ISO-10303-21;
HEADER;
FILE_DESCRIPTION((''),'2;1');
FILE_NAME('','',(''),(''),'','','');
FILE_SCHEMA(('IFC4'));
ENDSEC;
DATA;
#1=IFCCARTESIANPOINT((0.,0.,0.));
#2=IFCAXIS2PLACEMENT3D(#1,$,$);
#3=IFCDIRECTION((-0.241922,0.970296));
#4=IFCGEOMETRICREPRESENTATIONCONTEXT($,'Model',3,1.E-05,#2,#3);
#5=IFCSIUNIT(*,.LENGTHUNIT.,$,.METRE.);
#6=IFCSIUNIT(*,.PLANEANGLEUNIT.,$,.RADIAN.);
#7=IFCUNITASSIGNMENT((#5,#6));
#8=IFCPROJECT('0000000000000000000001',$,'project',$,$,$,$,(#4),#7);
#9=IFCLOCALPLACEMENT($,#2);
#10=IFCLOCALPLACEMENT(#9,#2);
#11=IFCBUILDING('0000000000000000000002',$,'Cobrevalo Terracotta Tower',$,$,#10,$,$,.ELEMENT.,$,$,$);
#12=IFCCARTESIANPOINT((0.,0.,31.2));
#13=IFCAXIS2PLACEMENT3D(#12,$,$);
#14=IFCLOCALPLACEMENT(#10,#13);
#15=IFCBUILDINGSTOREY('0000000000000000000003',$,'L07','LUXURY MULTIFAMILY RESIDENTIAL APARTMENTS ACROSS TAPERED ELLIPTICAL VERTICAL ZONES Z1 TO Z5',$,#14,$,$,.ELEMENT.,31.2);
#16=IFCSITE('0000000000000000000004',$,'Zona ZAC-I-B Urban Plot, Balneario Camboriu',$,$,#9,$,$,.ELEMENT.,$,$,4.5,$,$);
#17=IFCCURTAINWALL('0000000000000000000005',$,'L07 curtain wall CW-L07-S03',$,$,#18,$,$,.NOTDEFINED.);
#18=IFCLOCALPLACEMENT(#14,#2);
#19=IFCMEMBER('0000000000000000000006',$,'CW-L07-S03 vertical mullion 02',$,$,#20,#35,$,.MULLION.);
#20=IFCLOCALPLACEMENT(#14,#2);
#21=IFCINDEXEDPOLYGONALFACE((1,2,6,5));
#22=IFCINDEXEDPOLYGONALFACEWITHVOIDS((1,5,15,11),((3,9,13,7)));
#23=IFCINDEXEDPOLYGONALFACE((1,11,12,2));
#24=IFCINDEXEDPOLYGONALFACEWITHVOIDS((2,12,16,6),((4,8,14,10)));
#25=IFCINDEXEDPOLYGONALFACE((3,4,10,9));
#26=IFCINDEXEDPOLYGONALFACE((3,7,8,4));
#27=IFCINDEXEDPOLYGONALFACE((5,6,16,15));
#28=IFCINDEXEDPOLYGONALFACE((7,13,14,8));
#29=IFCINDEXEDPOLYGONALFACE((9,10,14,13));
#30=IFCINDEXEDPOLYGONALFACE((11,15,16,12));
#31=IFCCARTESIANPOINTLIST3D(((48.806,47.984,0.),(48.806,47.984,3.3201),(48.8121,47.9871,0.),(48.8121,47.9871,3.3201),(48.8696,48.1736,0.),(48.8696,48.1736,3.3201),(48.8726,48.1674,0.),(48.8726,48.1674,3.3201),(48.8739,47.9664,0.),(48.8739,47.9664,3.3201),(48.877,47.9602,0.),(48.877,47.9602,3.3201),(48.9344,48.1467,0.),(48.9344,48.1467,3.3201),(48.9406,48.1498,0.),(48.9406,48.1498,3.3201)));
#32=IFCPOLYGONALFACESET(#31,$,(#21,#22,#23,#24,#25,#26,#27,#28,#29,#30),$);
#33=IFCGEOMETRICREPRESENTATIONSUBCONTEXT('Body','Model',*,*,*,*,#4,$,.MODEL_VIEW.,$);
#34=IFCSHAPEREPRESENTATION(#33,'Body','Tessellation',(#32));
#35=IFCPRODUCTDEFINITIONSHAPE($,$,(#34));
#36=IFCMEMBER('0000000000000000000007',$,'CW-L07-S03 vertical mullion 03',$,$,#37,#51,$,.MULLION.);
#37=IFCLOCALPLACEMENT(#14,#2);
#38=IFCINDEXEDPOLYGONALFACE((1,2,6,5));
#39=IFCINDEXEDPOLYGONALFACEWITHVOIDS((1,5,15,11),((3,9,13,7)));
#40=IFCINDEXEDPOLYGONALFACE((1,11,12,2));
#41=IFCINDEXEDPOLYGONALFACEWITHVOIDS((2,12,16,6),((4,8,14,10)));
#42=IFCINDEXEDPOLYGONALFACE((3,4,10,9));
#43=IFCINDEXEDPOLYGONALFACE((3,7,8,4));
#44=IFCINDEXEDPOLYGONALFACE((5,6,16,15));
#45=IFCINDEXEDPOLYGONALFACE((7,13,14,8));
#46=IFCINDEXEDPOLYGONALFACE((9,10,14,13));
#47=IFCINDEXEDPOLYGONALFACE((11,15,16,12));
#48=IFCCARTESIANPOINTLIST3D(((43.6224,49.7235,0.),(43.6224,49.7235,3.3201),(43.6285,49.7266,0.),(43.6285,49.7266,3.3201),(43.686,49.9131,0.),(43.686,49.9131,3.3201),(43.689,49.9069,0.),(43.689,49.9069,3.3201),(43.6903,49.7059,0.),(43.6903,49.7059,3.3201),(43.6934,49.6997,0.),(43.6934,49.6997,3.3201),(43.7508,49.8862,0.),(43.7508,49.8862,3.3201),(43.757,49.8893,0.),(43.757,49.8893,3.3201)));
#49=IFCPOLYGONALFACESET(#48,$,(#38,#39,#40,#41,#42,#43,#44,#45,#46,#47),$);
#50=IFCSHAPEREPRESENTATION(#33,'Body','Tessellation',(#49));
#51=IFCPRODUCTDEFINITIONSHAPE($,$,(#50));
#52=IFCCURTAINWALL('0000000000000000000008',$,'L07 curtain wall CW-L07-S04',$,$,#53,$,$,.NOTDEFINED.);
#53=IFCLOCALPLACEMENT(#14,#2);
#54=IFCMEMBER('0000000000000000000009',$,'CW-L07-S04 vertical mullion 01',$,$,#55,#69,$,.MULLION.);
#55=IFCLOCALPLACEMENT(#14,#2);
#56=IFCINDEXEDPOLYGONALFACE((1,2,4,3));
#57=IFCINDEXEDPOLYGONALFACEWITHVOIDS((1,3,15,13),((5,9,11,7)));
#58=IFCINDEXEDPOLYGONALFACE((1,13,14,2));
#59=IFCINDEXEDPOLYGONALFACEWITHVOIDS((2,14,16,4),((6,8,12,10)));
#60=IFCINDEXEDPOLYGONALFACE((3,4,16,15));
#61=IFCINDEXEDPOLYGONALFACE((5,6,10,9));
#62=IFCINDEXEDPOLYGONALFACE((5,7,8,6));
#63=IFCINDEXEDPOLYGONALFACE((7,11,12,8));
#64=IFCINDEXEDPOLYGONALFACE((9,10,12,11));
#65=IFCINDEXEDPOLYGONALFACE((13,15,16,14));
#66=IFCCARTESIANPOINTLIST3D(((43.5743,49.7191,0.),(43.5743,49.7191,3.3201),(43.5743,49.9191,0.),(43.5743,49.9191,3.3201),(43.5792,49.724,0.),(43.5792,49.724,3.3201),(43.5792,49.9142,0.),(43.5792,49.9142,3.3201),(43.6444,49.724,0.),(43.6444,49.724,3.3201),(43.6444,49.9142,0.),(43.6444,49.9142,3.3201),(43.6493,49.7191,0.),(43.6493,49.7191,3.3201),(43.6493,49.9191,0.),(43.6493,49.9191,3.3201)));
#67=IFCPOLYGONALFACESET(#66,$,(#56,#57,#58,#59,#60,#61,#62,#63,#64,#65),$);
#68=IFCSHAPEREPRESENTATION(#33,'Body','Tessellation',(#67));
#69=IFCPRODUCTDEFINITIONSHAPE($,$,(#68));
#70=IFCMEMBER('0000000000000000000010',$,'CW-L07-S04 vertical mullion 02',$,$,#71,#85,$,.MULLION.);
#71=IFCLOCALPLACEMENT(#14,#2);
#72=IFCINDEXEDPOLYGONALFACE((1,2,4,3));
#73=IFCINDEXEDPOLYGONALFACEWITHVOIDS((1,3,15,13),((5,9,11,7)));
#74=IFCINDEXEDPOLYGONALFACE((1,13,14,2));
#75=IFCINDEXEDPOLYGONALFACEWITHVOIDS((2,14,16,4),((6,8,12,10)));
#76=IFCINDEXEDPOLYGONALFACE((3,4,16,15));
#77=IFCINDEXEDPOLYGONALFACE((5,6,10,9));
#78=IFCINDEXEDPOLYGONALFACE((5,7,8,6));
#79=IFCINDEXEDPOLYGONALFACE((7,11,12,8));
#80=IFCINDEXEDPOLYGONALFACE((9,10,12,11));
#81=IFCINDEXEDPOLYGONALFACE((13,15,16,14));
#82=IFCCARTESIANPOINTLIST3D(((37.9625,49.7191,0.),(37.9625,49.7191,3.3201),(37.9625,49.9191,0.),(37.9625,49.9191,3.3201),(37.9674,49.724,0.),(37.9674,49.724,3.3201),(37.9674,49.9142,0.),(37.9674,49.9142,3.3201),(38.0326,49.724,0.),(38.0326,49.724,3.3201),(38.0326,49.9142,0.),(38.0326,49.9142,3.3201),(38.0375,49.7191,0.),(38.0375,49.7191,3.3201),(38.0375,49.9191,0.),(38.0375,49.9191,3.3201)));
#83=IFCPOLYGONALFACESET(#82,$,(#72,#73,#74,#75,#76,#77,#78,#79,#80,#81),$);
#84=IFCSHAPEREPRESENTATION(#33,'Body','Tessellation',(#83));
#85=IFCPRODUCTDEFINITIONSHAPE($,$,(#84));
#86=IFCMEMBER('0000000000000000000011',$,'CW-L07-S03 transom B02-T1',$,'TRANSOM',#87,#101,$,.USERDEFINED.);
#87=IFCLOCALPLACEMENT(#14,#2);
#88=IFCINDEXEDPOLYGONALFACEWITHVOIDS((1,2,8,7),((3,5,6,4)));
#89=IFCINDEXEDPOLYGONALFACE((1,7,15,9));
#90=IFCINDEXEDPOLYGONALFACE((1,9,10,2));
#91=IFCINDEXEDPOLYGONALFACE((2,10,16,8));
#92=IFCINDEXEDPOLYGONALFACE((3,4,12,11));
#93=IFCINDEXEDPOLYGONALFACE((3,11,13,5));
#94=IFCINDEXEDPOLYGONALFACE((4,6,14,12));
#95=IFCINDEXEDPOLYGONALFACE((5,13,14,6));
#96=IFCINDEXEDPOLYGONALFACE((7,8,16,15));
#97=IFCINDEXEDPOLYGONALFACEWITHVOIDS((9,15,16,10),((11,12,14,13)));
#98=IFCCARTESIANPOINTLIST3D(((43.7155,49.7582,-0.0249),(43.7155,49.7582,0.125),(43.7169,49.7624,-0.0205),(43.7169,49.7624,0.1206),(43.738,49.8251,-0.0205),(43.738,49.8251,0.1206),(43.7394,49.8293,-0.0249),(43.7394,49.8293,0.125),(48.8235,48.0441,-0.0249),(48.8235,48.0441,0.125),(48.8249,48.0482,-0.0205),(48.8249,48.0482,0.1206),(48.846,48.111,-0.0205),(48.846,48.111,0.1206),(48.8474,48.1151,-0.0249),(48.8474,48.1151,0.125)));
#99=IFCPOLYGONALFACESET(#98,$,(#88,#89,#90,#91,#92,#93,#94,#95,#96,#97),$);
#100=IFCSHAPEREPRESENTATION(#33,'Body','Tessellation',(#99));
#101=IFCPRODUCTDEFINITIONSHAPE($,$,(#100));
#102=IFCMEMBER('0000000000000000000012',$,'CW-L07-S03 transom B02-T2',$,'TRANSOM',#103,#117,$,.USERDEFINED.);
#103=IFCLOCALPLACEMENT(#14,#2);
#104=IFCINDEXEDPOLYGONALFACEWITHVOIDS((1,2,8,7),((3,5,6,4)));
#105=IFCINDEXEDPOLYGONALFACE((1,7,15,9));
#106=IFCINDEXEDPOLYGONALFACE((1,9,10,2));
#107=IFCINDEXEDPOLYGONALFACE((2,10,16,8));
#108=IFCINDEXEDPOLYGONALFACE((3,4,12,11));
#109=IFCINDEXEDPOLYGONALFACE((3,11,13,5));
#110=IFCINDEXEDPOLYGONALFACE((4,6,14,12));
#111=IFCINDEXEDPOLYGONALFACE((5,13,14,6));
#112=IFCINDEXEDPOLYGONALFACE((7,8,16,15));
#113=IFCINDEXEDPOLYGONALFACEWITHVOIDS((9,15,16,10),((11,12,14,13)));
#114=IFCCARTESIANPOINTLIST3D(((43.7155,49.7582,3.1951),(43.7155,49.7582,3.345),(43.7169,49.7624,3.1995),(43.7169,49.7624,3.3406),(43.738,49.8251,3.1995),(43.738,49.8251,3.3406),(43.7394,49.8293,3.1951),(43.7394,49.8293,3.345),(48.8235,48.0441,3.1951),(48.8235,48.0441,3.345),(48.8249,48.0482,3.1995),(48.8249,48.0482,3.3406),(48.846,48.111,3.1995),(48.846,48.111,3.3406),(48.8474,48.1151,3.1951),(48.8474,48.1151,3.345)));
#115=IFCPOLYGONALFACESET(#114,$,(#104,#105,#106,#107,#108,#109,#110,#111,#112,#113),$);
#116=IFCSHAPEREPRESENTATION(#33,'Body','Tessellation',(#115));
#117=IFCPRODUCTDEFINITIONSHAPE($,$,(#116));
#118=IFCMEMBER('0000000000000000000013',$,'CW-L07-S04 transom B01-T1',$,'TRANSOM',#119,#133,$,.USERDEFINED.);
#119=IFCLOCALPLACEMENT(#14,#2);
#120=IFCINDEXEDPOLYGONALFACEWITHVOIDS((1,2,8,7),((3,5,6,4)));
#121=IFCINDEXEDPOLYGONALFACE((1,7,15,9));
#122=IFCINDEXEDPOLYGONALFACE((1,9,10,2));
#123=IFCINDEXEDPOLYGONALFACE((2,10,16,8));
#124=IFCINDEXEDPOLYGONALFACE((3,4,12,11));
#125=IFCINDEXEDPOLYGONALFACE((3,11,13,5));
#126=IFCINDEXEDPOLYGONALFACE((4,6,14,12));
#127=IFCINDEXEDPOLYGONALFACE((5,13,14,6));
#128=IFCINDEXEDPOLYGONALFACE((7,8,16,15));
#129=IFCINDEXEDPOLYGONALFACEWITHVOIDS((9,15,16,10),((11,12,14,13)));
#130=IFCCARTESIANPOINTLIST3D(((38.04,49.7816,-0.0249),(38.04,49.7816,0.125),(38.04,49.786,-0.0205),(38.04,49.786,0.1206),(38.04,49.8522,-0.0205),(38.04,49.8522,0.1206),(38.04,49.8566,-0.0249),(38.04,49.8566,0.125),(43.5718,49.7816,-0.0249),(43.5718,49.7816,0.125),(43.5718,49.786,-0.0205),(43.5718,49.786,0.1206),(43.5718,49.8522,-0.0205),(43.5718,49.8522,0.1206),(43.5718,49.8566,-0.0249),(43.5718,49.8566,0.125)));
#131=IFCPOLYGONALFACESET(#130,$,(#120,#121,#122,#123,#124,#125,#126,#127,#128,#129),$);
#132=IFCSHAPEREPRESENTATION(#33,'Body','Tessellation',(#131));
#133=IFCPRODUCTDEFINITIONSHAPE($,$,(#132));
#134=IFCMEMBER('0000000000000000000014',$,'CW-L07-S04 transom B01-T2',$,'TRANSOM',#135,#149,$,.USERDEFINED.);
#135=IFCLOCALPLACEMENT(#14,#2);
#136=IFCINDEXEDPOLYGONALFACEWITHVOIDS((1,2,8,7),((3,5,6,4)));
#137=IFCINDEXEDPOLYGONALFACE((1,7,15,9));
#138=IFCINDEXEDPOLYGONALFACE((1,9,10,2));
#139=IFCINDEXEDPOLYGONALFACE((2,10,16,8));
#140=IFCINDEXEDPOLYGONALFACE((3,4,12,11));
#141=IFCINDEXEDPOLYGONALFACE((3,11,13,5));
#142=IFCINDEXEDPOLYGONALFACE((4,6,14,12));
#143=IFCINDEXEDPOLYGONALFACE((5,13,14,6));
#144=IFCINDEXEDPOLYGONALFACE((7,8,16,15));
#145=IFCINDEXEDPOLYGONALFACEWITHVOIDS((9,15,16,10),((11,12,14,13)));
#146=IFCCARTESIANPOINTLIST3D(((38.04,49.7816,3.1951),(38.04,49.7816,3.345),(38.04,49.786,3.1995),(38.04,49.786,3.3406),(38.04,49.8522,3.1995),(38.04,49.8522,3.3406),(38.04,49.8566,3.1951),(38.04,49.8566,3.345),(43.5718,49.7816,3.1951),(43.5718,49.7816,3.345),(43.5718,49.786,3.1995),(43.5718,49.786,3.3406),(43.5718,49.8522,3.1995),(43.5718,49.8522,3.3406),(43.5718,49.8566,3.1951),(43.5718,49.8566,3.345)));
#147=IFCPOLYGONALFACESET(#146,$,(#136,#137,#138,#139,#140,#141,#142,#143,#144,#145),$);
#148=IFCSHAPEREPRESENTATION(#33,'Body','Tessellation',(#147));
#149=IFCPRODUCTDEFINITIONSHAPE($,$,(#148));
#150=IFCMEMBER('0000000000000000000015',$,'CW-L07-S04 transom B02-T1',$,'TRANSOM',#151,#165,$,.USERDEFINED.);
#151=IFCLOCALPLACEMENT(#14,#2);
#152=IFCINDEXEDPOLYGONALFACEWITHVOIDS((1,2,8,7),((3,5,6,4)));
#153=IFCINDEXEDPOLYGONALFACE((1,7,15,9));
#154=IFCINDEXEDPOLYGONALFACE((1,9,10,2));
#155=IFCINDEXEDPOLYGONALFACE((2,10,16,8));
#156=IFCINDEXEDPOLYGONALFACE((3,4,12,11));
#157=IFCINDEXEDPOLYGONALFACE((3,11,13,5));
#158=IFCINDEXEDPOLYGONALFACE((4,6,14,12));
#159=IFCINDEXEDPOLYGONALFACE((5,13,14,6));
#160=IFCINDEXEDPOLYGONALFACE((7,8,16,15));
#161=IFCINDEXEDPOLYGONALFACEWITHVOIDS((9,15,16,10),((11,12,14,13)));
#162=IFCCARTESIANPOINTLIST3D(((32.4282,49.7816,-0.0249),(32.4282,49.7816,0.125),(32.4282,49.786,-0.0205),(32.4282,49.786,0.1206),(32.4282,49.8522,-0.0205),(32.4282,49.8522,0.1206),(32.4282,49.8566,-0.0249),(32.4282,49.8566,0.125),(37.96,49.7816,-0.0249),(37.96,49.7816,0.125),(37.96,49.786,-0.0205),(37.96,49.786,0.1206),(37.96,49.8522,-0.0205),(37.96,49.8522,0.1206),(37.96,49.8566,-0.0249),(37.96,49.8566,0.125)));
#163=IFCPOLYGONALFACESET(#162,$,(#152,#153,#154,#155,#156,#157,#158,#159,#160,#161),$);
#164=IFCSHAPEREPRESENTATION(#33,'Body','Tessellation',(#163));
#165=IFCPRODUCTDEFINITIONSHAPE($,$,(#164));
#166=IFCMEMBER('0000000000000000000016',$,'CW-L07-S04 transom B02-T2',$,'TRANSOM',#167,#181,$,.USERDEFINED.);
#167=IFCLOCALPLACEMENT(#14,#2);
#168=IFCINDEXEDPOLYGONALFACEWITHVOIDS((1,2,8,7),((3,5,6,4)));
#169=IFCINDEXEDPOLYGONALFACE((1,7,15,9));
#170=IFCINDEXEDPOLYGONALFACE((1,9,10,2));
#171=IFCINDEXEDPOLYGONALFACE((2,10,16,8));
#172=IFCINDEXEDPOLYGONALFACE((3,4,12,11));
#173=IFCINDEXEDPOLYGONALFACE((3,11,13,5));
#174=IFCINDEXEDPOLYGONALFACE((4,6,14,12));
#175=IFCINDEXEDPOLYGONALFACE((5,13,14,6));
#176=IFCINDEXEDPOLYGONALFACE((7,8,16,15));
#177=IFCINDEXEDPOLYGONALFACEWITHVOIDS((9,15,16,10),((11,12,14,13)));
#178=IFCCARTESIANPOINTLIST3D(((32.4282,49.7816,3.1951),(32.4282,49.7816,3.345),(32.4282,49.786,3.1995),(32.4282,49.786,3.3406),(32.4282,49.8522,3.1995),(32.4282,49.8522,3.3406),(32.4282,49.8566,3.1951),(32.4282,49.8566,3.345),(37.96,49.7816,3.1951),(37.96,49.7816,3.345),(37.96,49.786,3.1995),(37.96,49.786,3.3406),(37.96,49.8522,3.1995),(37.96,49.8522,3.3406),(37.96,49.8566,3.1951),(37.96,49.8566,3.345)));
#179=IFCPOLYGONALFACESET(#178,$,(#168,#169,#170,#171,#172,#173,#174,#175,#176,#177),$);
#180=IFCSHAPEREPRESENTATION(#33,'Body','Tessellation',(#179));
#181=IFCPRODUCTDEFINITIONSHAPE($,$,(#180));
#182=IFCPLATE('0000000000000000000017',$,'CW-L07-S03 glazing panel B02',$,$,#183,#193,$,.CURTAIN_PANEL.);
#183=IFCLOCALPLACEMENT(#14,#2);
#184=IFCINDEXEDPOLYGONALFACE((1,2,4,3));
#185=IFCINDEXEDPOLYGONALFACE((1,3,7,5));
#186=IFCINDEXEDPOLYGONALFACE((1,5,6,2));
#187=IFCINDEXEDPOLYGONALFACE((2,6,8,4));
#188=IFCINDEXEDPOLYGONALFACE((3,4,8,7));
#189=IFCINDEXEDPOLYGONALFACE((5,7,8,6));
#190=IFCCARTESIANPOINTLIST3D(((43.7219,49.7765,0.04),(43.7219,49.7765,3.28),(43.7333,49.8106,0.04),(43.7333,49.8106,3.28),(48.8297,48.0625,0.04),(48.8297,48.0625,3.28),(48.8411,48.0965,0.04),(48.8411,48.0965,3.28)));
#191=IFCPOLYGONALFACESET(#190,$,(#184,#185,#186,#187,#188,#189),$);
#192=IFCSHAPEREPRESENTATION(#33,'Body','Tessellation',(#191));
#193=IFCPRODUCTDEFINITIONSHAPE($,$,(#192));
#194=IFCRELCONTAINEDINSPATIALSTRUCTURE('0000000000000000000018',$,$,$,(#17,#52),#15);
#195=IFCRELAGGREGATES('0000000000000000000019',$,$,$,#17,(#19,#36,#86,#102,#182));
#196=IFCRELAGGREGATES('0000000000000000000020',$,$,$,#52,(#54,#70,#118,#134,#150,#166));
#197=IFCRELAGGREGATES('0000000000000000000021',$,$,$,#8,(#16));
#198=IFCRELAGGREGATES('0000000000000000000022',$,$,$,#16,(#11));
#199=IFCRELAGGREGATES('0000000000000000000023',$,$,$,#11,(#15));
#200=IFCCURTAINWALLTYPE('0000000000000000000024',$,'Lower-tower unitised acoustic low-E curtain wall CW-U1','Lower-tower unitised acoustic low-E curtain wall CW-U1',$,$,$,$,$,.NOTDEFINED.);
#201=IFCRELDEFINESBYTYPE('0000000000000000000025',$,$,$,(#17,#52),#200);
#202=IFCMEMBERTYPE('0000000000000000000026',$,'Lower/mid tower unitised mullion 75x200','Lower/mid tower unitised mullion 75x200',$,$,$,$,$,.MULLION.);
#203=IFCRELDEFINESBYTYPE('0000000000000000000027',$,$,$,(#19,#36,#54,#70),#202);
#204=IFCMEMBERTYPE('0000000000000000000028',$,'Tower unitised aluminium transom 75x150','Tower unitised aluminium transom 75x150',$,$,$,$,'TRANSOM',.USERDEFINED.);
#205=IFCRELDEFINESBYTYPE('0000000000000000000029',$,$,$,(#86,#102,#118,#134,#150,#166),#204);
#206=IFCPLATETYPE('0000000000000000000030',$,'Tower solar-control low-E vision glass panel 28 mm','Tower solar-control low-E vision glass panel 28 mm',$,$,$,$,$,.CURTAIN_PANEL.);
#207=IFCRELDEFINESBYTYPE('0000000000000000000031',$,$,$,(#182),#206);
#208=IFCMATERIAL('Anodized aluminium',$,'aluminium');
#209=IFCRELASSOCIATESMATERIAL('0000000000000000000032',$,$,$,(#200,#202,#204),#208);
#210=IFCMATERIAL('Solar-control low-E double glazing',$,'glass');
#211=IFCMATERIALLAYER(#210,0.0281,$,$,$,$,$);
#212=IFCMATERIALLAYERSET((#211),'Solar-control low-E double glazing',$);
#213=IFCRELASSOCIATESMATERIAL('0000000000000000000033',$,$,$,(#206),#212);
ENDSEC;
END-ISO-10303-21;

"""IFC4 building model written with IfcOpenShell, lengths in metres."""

from ifc_helpers import new_model, si_unit, direction, frame, origin, origin_2d, place, context, subcontext, project, spatial, rectangle, hollow_rectangle, extrude, source, transform, mapped, material, layer, layer_set, material_profile, profile_set, type_object, element, aggregate, save


model = new_model("IFC4")

# Units and contexts
model_context = context("Model", 3, precision=1e-05, world=origin(), true_north=direction((-0.241922, 0.970296)))
body_context = subcontext(model_context, "Body", "Model", "MODEL_VIEW")
ifc_project = project(units=[si_unit("LENGTHUNIT", "METRE"), si_unit("PLANEANGLEUNIT", "RADIAN")], contexts=[model_context])

# Site, building, storey
site_placement = place(None, origin())
site = spatial("IfcSite", under=ifc_project, at=site_placement, Name="Zona ZAC-I-B Urban Plot, Balneario Camboriu", CompositionType="ELEMENT", RefElevation=4.5)
building_placement = place(site_placement, origin())
building = spatial("IfcBuilding", under=site, at=building_placement, Name="Cobrevalo Terracotta Tower", CompositionType="ELEMENT")
storey_placement = place(building_placement, frame((0.0, 0.0, 31.2)))
storey = spatial("IfcBuildingStorey", under=building, at=storey_placement, Name="L07", Description="LUXURY MULTIFAMILY RESIDENTIAL APARTMENTS ACROSS TAPERED ELLIPTICAL VERTICAL ZONES Z1 TO Z5", CompositionType="ELEMENT", Elevation=31.2)

# Curtain walls, members
ifc_material_1 = material(Name="Anodized aluminium", Category="aluminium")
curtain_wall_type = type_object("IfcCurtainWallType", Name="Lower-tower unitised acoustic low-E curtain wall CW-U1", Description="Lower-tower unitised acoustic low-E curtain wall CW-U1", PredefinedType="NOTDEFINED", material=ifc_material_1)
curtain_wall_1_placement = place(storey_placement, origin())
curtain_wall_1 = element("IfcCurtainWall", 1, at=curtain_wall_1_placement, inside=storey, type_object=curtain_wall_type, Name="L07 curtain wall CW-L07-S03", PredefinedType="NOTDEFINED")
ifc_material_profile_1 = material_profile(ifc_material_1, hollow_rectangle(XDim=0.075, YDim=0.2, WallThickness=0.0049, at=origin_2d()), Name="CWM 75x200")
ifc_profile_set_1 = profile_set([ifc_material_profile_1], Name="Anodized aluminium")
member_type_1 = type_object("IfcMemberType", Name="Lower/mid tower unitised mullion 75x200", Description="Lower/mid tower unitised mullion 75x200", PredefinedType="MULLION", material=ifc_profile_set_1)
shared_shape_1 = source(origin(), body_context, "Body", "SweptSolid", [
    extrude(hollow_rectangle(XDim=0.075, YDim=0.2, WallThickness=0.0049, at=origin_2d()), origin(), (0.0, 0.0, 1.0), 3.3201),
])
member_1_placement = place(storey_placement, frame((48.8733, 48.0669, 0.0), z_axis=(0.0, 0.0, 1.0), x_axis=(-0.948046, 0.318132, 0.0)))
member_1 = element("IfcMember", 2, at=member_1_placement, type_object=member_type_1, Name="CW-L07-S03 vertical mullion 02", PredefinedType="MULLION", context=body_context, shape_type="MappedRepresentation", body=[
    mapped(shared_shape_1, transform((0.0, 0.0, 0.0), scale=1.0)),
])
member_2_placement = place(storey_placement, frame((43.6897, 49.8064, 0.0), z_axis=(0.0, 0.0, 1.0), x_axis=(-0.948046, 0.318132, 0.0)))
member_2 = element("IfcMember", 3, at=member_2_placement, type_object=member_type_1, Name="CW-L07-S03 vertical mullion 03", PredefinedType="MULLION", context=body_context, shape_type="MappedRepresentation", body=[
    mapped(shared_shape_1, transform((0.0, 0.0, 0.0), scale=1.0)),
])
curtain_wall_2_placement = place(storey_placement, origin())
curtain_wall_2 = element("IfcCurtainWall", 4, at=curtain_wall_2_placement, inside=storey, type_object=curtain_wall_type, Name="L07 curtain wall CW-L07-S04", PredefinedType="NOTDEFINED")
member_3_placement = place(storey_placement, frame((43.6118, 49.8191, 0.0), z_axis=(0.0, 0.0, 1.0), x_axis=(-1.0, 0.0, 0.0)))
member_3 = element("IfcMember", 5, at=member_3_placement, type_object=member_type_1, Name="CW-L07-S04 vertical mullion 01", PredefinedType="MULLION", context=body_context, shape_type="MappedRepresentation", body=[
    mapped(shared_shape_1, transform((0.0, 0.0, 0.0), scale=1.0)),
])
member_4_placement = place(storey_placement, frame((38.0, 49.8191, 0.0), z_axis=(0.0, 0.0, 1.0), x_axis=(-1.0, 0.0, 0.0)))
member_4 = element("IfcMember", 6, at=member_4_placement, type_object=member_type_1, Name="CW-L07-S04 vertical mullion 02", PredefinedType="MULLION", context=body_context, shape_type="MappedRepresentation", body=[
    mapped(shared_shape_1, transform((0.0, 0.0, 0.0), scale=1.0)),
])

# Members
ifc_material_profile_2 = material_profile(ifc_material_1, hollow_rectangle(XDim=0.075, YDim=0.1499, WallThickness=0.0044, at=origin_2d()), Name="CWT 75x150")
ifc_profile_set_2 = profile_set([ifc_material_profile_2], Name="Anodized aluminium")
member_type_2 = type_object("IfcMemberType", Name="Tower unitised aluminium transom 75x150", Description="Tower unitised aluminium transom 75x150", ElementType="TRANSOM", PredefinedType="USERDEFINED", material=ifc_profile_set_2)
shared_shape_2 = source(origin(), body_context, "Body", "SweptSolid", [
    extrude(hollow_rectangle(XDim=0.075, YDim=0.1499, WallThickness=0.0044, at=origin_2d()), origin(), (0.0, 0.0, 1.0), 5.3879),
])
member_5_placement = place(storey_placement, frame((48.8354, 48.0796, 0.05), z_axis=(-0.948042, 0.318144, 0.0), x_axis=(-0.318144, -0.948042, 0.0)))
member_5 = element("IfcMember", 7, at=member_5_placement, type_object=member_type_2, Name="CW-L07-S03 transom B02-T1", ObjectType="TRANSOM", PredefinedType="USERDEFINED", context=body_context, shape_type="MappedRepresentation", body=[
    mapped(shared_shape_2, transform((0.0, 0.0, 0.0), scale=1.0)),
])
member_6_placement = place(storey_placement, frame((48.8354, 48.0796, 3.27), z_axis=(-0.948042, 0.318144, 0.0), x_axis=(-0.318144, -0.948042, 0.0)))
member_6 = element("IfcMember", 8, at=member_6_placement, type_object=member_type_2, Name="CW-L07-S03 transom B02-T2", ObjectType="TRANSOM", PredefinedType="USERDEFINED", context=body_context, shape_type="MappedRepresentation", body=[
    mapped(shared_shape_2, transform((0.0, 0.0, 0.0), scale=1.0)),
])
shared_shape_3 = source(origin(), body_context, "Body", "SweptSolid", [
    extrude(hollow_rectangle(XDim=0.075, YDim=0.1499, WallThickness=0.0044, at=origin_2d()), origin(), (0.0, 0.0, 1.0), 5.5317),
])
member_7_placement = place(storey_placement, frame((43.5718, 49.8191, 0.05), z_axis=(-1.0, 0.0, 0.0), x_axis=(0.0, -1.0, 0.0)))
member_7 = element("IfcMember", 9, at=member_7_placement, type_object=member_type_2, Name="CW-L07-S04 transom B01-T1", ObjectType="TRANSOM", PredefinedType="USERDEFINED", context=body_context, shape_type="MappedRepresentation", body=[
    mapped(shared_shape_3, transform((0.0, 0.0, 0.0), scale=1.0)),
])
member_8_placement = place(storey_placement, frame((43.5718, 49.8191, 3.27), z_axis=(-1.0, 0.0, 0.0), x_axis=(0.0, -1.0, 0.0)))
member_8 = element("IfcMember", 10, at=member_8_placement, type_object=member_type_2, Name="CW-L07-S04 transom B01-T2", ObjectType="TRANSOM", PredefinedType="USERDEFINED", context=body_context, shape_type="MappedRepresentation", body=[
    mapped(shared_shape_3, transform((0.0, 0.0, 0.0), scale=1.0)),
])
member_9_placement = place(storey_placement, frame((37.96, 49.8191, 0.05), z_axis=(-1.0, 0.0, 0.0), x_axis=(0.0, -1.0, 0.0)))
member_9 = element("IfcMember", 11, at=member_9_placement, type_object=member_type_2, Name="CW-L07-S04 transom B02-T1", ObjectType="TRANSOM", PredefinedType="USERDEFINED", context=body_context, shape_type="MappedRepresentation", body=[
    mapped(shared_shape_3, transform((0.0, 0.0, 0.0), scale=1.0)),
])
member_10_placement = place(storey_placement, frame((37.96, 49.8191, 3.27), z_axis=(-1.0, 0.0, 0.0), x_axis=(0.0, -1.0, 0.0)))
member_10 = element("IfcMember", 12, at=member_10_placement, type_object=member_type_2, Name="CW-L07-S04 transom B02-T2", ObjectType="TRANSOM", PredefinedType="USERDEFINED", context=body_context, shape_type="MappedRepresentation", body=[
    mapped(shared_shape_3, transform((0.0, 0.0, 0.0), scale=1.0)),
])

# Plate
ifc_material_2 = material(Name="Solar-control low-E double glazing", Category="glass")
ifc_layer_1 = layer(ifc_material_2, 0.0281)
ifc_layer_set_1 = layer_set([ifc_layer_1], Name="Solar-control low-E double glazing")
plate_type = type_object("IfcPlateType", Name="Tower solar-control low-E vision glass panel 28 mm", Description="Tower solar-control low-E vision glass panel 28 mm", PredefinedType="CURTAIN_PANEL", material=ifc_layer_set_1)
shared_shape_4 = source(origin(), body_context, "Body", "SweptSolid", [
    extrude(rectangle(XDim=5.3877, YDim=0.0359, at=origin_2d()), origin(), (0.0, 0.0, 1.0), 3.24),
])
plate_1_placement = place(storey_placement, frame((46.2815, 48.9365, 0.04), z_axis=(0.0, 0.0, 1.0), x_axis=(-0.948044, 0.318139, 0.0)))
plate_1 = element("IfcPlate", 13, at=plate_1_placement, type_object=plate_type, Name="CW-L07-S03 glazing panel B02", PredefinedType="CURTAIN_PANEL", context=body_context, shape_type="MappedRepresentation", body=[
    mapped(shared_shape_4, transform((0.0, 0.0, 0.0), scale=1.0)),
])
aggregate(curtain_wall_1, [member_1, member_2, member_5, member_6, plate_1])
aggregate(curtain_wall_2, [member_3, member_4, member_7, member_8, member_9, member_10])

save(model, "model.ifc")
